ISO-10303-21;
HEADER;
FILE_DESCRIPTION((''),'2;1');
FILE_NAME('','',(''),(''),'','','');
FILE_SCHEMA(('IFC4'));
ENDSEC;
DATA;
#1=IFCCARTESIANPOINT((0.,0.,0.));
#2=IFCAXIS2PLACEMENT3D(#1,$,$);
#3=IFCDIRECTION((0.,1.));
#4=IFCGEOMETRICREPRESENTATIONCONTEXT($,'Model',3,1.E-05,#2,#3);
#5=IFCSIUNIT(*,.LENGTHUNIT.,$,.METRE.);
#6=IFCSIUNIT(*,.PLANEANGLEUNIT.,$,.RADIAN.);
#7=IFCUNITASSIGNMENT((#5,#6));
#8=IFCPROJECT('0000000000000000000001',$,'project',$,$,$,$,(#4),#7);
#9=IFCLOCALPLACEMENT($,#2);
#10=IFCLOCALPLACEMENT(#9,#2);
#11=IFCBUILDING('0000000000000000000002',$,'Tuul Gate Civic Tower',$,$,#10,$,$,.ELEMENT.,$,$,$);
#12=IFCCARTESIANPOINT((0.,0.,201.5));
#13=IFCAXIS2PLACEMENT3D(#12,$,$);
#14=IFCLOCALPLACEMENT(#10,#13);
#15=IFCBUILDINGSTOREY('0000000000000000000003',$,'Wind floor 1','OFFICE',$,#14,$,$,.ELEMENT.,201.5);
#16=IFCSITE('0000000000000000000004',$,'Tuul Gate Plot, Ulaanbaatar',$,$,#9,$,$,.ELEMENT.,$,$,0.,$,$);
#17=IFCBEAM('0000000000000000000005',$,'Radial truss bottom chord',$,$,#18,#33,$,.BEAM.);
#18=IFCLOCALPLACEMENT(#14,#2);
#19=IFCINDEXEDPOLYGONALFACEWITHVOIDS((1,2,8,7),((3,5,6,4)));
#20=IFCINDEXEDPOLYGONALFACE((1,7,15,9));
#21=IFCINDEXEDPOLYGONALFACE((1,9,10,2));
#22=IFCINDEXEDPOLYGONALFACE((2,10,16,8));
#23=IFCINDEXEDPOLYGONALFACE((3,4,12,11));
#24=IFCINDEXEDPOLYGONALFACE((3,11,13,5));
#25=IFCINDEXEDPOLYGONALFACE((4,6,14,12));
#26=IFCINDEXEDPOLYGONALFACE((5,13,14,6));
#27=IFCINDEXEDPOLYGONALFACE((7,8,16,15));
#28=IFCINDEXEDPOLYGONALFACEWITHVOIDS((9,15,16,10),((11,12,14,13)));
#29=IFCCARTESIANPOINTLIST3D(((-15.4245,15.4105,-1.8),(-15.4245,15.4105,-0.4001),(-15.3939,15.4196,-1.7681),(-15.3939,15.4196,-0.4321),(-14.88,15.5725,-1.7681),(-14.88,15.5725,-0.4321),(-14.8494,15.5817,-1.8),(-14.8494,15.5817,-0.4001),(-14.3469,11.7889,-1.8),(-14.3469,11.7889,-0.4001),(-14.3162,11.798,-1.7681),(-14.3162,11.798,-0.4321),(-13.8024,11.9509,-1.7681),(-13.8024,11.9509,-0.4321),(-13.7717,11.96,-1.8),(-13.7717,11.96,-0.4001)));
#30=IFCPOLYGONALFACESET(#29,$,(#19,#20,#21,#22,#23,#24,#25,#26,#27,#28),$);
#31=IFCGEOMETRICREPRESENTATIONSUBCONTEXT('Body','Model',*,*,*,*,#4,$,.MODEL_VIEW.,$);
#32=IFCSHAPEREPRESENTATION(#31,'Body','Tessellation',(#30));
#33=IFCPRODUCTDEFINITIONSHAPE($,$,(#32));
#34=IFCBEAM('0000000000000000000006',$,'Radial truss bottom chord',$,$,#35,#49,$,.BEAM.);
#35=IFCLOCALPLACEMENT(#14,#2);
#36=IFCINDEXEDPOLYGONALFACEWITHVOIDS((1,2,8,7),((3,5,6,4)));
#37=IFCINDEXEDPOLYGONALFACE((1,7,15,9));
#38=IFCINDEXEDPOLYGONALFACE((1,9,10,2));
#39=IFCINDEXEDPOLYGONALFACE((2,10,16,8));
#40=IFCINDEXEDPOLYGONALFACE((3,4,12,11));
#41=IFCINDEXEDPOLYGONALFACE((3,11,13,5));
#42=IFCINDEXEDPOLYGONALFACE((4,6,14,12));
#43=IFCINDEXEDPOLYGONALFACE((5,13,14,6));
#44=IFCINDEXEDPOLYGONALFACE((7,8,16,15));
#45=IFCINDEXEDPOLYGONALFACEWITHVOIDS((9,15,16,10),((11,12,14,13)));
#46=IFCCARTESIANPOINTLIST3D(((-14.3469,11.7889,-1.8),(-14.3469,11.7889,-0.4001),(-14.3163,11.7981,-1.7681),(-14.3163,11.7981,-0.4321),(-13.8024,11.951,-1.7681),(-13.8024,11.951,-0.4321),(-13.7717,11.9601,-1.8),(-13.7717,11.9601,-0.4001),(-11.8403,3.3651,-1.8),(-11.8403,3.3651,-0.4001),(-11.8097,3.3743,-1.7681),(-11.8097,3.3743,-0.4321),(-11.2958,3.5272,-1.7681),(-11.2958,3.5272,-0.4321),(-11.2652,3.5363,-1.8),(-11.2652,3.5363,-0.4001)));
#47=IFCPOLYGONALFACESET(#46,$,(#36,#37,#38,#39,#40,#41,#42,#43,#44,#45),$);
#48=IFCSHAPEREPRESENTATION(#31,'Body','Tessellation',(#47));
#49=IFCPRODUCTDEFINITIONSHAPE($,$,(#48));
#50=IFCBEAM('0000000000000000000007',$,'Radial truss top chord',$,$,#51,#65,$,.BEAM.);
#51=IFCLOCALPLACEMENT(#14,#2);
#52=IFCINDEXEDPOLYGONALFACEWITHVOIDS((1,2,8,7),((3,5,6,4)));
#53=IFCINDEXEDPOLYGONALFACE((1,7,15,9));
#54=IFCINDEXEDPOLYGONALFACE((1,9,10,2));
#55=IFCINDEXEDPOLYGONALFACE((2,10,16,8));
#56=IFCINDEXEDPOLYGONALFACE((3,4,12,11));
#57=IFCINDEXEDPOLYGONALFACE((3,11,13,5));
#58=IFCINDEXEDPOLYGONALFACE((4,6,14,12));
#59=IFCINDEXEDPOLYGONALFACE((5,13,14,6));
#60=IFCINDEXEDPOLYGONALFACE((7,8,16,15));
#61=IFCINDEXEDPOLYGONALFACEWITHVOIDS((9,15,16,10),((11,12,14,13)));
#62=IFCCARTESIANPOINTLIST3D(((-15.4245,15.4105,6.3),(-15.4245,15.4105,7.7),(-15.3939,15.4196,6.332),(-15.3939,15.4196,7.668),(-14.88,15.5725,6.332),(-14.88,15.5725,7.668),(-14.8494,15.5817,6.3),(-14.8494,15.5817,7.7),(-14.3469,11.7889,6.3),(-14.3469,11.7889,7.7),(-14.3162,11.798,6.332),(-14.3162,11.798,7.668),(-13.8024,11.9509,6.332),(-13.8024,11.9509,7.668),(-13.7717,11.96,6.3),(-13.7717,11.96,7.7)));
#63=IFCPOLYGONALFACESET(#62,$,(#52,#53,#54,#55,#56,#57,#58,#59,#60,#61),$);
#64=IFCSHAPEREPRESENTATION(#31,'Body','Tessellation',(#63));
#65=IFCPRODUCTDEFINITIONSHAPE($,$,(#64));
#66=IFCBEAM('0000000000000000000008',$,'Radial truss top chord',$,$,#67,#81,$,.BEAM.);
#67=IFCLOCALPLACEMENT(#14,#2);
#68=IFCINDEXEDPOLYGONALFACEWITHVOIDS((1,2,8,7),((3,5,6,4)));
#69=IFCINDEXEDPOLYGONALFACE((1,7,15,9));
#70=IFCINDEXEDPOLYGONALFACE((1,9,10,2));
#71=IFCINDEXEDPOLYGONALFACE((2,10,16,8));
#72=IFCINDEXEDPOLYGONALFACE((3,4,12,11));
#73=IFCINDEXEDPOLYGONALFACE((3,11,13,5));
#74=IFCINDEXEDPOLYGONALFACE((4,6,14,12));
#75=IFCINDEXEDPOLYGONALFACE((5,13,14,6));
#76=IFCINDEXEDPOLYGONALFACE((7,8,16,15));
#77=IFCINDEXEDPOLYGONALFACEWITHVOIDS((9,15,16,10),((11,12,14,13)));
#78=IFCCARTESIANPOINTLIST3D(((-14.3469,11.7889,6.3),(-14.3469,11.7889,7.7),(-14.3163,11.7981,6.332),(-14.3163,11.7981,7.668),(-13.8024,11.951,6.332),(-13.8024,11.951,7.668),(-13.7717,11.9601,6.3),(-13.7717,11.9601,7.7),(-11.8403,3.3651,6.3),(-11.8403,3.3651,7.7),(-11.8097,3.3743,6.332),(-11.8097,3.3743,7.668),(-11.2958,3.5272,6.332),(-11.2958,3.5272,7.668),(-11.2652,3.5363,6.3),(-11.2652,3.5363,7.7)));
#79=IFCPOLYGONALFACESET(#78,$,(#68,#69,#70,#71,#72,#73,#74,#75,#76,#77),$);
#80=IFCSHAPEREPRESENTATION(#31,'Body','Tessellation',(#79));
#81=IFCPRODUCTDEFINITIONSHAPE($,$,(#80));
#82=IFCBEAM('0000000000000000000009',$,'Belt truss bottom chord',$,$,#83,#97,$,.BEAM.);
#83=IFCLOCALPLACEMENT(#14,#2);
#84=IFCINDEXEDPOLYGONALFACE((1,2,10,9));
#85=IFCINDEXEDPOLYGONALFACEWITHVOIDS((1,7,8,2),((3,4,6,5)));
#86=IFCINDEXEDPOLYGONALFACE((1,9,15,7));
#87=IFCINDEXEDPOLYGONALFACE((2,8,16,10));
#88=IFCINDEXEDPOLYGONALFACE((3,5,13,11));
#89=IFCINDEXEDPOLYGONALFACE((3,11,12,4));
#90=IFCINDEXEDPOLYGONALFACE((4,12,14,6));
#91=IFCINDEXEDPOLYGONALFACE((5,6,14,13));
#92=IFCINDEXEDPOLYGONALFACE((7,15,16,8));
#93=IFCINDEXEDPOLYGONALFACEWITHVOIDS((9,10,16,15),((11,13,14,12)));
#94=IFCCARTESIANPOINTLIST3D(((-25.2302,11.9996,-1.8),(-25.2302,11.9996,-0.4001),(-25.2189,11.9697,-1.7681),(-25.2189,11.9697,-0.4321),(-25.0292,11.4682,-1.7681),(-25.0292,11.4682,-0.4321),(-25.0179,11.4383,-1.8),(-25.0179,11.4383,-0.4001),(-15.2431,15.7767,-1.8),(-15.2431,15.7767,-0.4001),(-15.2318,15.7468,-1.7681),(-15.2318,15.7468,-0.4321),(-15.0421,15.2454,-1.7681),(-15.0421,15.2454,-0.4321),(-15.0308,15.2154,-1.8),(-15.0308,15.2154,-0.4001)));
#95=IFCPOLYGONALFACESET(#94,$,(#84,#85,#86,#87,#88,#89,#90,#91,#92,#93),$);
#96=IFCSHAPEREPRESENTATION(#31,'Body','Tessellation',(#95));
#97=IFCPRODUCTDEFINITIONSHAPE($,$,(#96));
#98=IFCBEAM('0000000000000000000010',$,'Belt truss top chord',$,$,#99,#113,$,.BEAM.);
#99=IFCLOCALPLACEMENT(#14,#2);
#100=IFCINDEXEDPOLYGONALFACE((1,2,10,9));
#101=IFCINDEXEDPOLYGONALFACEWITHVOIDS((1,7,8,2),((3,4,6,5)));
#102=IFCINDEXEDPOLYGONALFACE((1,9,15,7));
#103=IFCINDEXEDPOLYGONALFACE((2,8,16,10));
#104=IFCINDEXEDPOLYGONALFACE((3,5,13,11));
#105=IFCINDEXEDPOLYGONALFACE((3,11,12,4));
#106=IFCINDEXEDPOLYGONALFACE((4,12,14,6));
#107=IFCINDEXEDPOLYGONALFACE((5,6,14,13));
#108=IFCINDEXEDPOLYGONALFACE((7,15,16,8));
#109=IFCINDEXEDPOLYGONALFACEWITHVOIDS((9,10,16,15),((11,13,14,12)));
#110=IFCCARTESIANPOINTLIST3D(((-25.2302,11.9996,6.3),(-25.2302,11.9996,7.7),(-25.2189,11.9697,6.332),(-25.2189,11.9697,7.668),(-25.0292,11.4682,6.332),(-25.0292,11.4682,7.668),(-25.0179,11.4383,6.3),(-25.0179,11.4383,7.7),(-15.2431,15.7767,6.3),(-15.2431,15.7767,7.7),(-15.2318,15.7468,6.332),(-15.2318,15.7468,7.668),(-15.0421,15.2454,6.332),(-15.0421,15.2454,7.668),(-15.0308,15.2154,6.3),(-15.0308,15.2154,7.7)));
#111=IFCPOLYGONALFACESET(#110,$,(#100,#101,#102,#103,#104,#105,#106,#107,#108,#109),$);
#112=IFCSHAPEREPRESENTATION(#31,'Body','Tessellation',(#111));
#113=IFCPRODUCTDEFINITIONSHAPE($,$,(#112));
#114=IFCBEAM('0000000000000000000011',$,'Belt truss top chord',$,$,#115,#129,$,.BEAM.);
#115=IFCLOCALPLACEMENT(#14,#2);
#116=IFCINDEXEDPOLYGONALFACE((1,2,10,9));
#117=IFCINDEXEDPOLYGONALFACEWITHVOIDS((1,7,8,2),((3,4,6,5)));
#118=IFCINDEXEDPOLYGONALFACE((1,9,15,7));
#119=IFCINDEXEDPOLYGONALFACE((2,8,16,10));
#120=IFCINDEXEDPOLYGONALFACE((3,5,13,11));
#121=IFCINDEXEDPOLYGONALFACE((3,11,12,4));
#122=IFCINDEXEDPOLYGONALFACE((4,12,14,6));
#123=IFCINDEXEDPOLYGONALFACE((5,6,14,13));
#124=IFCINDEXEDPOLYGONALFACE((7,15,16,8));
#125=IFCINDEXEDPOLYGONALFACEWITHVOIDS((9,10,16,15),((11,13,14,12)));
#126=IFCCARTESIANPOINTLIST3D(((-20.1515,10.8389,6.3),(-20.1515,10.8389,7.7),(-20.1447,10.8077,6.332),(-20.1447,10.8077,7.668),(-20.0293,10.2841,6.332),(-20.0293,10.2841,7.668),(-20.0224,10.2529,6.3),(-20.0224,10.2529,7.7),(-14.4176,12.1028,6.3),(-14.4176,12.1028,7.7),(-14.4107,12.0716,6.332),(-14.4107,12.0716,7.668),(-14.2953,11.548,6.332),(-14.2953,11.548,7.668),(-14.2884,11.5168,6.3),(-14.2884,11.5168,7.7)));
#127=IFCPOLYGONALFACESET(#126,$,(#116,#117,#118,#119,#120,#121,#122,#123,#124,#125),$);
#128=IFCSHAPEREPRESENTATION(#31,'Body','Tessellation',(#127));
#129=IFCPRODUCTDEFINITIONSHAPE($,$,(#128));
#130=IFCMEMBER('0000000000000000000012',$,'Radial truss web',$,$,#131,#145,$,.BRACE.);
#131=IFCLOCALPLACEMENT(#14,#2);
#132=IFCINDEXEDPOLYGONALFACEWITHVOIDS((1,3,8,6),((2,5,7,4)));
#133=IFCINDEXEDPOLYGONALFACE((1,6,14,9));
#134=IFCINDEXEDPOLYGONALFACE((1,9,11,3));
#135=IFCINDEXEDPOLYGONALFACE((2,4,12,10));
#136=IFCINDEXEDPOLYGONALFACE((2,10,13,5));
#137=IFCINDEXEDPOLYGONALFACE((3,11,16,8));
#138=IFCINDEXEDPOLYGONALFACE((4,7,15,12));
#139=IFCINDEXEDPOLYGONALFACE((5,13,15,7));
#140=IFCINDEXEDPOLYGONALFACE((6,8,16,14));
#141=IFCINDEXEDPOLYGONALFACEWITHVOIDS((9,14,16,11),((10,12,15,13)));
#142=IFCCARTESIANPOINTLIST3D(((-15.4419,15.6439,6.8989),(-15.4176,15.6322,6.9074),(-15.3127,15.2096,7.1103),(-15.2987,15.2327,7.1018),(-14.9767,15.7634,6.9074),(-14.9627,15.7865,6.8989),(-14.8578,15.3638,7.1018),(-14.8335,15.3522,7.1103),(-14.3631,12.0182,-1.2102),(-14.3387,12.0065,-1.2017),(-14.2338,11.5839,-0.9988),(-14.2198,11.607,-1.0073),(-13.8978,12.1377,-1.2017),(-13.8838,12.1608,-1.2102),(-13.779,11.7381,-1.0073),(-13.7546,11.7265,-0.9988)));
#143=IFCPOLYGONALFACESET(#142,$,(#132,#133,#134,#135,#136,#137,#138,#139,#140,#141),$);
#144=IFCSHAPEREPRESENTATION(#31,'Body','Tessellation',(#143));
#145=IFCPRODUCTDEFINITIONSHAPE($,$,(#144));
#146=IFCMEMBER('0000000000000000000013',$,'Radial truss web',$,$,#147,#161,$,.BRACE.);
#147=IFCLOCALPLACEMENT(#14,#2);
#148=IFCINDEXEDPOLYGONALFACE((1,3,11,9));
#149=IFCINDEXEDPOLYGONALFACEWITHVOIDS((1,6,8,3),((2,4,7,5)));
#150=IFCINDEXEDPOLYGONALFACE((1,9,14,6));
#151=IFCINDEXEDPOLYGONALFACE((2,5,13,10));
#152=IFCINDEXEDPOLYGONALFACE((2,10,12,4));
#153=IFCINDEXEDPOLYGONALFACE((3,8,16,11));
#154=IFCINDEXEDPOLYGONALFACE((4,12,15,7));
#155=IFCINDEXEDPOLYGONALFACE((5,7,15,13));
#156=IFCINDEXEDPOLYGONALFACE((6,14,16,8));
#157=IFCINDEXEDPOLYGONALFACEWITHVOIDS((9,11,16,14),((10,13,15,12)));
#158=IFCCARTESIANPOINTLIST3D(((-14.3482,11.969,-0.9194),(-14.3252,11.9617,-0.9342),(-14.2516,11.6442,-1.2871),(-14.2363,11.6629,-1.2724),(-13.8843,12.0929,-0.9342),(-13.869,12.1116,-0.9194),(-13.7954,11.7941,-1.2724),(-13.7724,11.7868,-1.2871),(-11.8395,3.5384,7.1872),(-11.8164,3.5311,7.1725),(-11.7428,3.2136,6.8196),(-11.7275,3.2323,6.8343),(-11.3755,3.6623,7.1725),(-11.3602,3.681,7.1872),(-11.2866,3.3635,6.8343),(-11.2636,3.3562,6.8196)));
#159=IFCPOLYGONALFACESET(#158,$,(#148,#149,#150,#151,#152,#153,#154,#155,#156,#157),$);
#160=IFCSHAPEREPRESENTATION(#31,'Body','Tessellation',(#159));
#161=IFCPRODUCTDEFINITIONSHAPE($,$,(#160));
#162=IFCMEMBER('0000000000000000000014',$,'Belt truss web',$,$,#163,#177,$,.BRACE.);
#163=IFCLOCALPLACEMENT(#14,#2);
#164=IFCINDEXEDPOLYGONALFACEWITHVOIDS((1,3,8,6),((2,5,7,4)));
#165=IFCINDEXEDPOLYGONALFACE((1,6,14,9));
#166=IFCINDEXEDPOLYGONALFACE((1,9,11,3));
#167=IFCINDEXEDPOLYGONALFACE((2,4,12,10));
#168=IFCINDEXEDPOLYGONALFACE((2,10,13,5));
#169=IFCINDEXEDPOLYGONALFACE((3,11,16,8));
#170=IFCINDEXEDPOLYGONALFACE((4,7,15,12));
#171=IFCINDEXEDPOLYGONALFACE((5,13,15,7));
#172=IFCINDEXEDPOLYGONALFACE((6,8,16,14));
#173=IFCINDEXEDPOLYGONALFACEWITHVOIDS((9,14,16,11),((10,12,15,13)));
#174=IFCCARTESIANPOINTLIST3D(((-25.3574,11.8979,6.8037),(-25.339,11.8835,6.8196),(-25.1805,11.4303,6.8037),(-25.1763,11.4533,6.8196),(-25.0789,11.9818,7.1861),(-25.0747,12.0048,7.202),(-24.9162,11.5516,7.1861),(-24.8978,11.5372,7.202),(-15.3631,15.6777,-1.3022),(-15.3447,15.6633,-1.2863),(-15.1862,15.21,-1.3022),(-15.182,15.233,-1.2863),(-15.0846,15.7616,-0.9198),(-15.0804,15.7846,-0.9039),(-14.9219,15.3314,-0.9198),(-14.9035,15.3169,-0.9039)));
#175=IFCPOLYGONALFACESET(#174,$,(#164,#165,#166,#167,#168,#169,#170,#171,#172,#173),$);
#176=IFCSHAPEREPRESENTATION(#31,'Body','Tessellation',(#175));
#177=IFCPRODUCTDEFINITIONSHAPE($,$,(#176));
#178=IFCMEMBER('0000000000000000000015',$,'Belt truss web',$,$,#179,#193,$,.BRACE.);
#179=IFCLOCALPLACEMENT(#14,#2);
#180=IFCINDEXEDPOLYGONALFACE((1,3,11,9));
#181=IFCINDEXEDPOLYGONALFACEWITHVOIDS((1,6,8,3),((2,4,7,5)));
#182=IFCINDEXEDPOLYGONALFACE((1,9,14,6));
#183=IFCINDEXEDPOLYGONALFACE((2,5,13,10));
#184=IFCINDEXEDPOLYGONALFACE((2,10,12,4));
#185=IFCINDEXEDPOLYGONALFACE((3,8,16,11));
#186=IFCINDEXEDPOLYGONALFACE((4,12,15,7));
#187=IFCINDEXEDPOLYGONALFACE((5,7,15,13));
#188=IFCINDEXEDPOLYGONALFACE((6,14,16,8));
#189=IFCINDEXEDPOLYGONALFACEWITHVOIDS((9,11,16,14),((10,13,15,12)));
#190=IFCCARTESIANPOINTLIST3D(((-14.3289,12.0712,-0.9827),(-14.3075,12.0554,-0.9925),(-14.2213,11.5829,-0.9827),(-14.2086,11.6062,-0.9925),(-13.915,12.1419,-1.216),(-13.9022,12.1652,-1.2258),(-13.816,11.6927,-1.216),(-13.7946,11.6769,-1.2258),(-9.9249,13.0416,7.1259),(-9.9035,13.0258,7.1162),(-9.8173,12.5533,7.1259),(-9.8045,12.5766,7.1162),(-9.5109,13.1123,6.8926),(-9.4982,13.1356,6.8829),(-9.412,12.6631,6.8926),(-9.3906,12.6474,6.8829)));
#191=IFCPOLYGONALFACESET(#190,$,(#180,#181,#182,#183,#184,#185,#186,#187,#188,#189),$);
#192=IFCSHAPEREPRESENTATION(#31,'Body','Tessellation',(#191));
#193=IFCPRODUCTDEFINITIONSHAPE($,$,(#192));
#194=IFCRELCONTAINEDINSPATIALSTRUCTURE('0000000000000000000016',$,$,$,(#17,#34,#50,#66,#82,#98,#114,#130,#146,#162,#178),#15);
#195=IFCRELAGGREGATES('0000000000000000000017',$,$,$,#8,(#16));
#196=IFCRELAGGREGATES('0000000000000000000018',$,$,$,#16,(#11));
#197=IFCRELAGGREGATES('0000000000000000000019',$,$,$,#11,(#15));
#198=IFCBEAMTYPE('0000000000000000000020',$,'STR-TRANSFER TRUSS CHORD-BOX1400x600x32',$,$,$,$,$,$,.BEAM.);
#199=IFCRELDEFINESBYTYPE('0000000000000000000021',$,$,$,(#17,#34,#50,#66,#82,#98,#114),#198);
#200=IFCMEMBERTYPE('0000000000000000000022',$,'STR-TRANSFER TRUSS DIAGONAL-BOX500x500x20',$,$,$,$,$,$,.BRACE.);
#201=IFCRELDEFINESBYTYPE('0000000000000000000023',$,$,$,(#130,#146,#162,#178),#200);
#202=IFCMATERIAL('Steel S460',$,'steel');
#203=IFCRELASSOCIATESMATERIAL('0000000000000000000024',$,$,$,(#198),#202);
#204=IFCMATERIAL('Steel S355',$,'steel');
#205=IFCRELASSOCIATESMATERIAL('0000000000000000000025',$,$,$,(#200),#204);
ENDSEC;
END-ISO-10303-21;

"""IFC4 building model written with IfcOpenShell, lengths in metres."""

from ifc_helpers import new_model, si_unit, direction, frame, origin, origin_2d, place, context, subcontext, project, spatial, hollow_rectangle, extrude, material, material_profile, profile_set, type_object, element, save


model = new_model("IFC4")

# Units and contexts
model_context = context("Model", 3, precision=1e-05, world=origin(), true_north=direction((0.0, 1.0)))
body_context = subcontext(model_context, "Body", "Model", "MODEL_VIEW")
ifc_project = project(units=[si_unit("LENGTHUNIT", "METRE"), si_unit("PLANEANGLEUNIT", "RADIAN")], contexts=[model_context])

# Site, building, storey
site_placement = place(None, origin())
site = spatial("IfcSite", under=ifc_project, at=site_placement, Name="Tuul Gate Plot, Ulaanbaatar", CompositionType="ELEMENT", RefElevation=0.0)
building_placement = place(site_placement, origin())
building = spatial("IfcBuilding", under=site, at=building_placement, Name="Tuul Gate Civic Tower", CompositionType="ELEMENT")
storey_placement = place(building_placement, frame((0.0, 0.0, 201.5)))
storey = spatial("IfcBuildingStorey", under=building, at=storey_placement, Name="Wind floor 1", Description="OFFICE", CompositionType="ELEMENT", Elevation=201.5)

# Beams
ifc_material_1 = material(Name="Steel S460", Category="steel")
ifc_material_profile_1 = material_profile(ifc_material_1, hollow_rectangle(XDim=0.6001, YDim=1.3999, WallThickness=0.032, at=origin_2d()), Name="BOX1400x600x32")
ifc_profile_set_1 = profile_set([ifc_material_profile_1], Name="Steel S460")
beam_type = type_object("IfcBeamType", Name="STR-TRANSFER TRUSS CHORD-BOX1400x600x32", PredefinedType="BEAM", material=ifc_profile_set_1)
beam_1_placement = place(storey_placement, frame((-15.137, 15.4961, -1.1001), z_axis=(0.285201, -0.958468, 0.0), x_axis=(0.958468, 0.285201, 0.0)))
element("IfcBeam", 1, at=beam_1_placement, inside=storey, type_object=beam_type, Name="Radial truss bottom chord", PredefinedType="BEAM", context=body_context, shape_type="SweptSolid", body=[
    extrude(hollow_rectangle(XDim=0.6001, YDim=1.3999, WallThickness=0.032, at=origin_2d()), origin(), (0.0, 0.0, 1.0), 3.7786),
])
beam_2_placement = place(storey_placement, frame((-14.0593, 11.8745, -1.1001), z_axis=(0.285201, -0.958468, 0.0), x_axis=(0.958468, 0.285201, 0.0)))
element("IfcBeam", 2, at=beam_2_placement, inside=storey, type_object=beam_type, Name="Radial truss bottom chord", PredefinedType="BEAM", context=body_context, shape_type="SweptSolid", body=[
    extrude(hollow_rectangle(XDim=0.6001, YDim=1.3999, WallThickness=0.032, at=origin_2d()), origin(), (0.0, 0.0, 1.0), 8.7888),
])
beam_3_placement = place(storey_placement, frame((-15.137, 15.4961, 7.0), z_axis=(0.285201, -0.958468, 0.0), x_axis=(0.958468, 0.285201, 0.0)))
element("IfcBeam", 3, at=beam_3_placement, inside=storey, type_object=beam_type, Name="Radial truss top chord", PredefinedType="BEAM", context=body_context, shape_type="SweptSolid", body=[
    extrude(hollow_rectangle(XDim=0.6001, YDim=1.3999, WallThickness=0.032, at=origin_2d()), origin(), (0.0, 0.0, 1.0), 3.7786),
])
beam_4_placement = place(storey_placement, frame((-14.0593, 11.8745, 7.0), z_axis=(0.285201, -0.958468, 0.0), x_axis=(0.958468, 0.285201, 0.0)))
element("IfcBeam", 4, at=beam_4_placement, inside=storey, type_object=beam_type, Name="Radial truss top chord", PredefinedType="BEAM", context=body_context, shape_type="SweptSolid", body=[
    extrude(hollow_rectangle(XDim=0.6001, YDim=1.3999, WallThickness=0.032, at=origin_2d()), origin(), (0.0, 0.0, 1.0), 8.7888),
])
for number, where, z_axis, x_axis, name in (
    (5, (-15.137, 15.4961, -1.1001), (-0.935342, -0.353746, 0.0), (0.353746, -0.935342, 0.0), "Belt truss bottom chord"),
    (6, (-15.137, 15.4961, 7.0), (-0.935342, -0.353746, 0.0), (0.353746, -0.935342, 0.0), "Belt truss top chord"),
):
    element("IfcBeam", number, at=place(storey_placement, frame(where, z_axis=z_axis, x_axis=x_axis)), inside=storey, type_object=beam_type, Name=name, PredefinedType="BEAM", context=body_context, shape_type="SweptSolid", body=[
        extrude(hollow_rectangle(XDim=0.6001, YDim=1.3999, WallThickness=0.032, at=origin_2d()), origin(), (0.0, 0.0, 1.0), 10.6775),
    ])
beam_5_placement = place(storey_placement, frame((-14.353, 11.8098, 7.0), z_axis=(-0.976556, -0.215262, 0.0), x_axis=(0.215262, -0.976556, 0.0)))
element("IfcBeam", 7, at=beam_5_placement, inside=storey, type_object=beam_type, Name="Belt truss top chord", PredefinedType="BEAM", context=body_context, shape_type="SweptSolid", body=[
    extrude(hollow_rectangle(XDim=0.6001, YDim=1.3999, WallThickness=0.032, at=origin_2d()), origin(), (0.0, 0.0, 1.0), 5.8716),
])

# Members
ifc_material_2 = material(Name="Steel S355", Category="steel")
ifc_material_profile_2 = material_profile(ifc_material_2, hollow_rectangle(XDim=0.5, YDim=0.5, WallThickness=0.02, at=origin_2d()), Name="BOX500x500x20")
ifc_profile_set_2 = profile_set([ifc_material_profile_2], Name="Steel S355")
member_type_1 = type_object("IfcMemberType", Name="STR-TRANSFER TRUSS DIAGONAL-BOX500x500x20", PredefinedType="BRACE", material=ifc_profile_set_2)
member_1_placement = place(storey_placement, frame((-14.0588, 11.8723, -1.1045), z_axis=(-0.120569, 0.405197, 0.906244), x_axis=(-0.958469, -0.285198, 0.0)))
element("IfcMember", 8, at=member_1_placement, inside=storey, type_object=member_type_1, Name="Radial truss web", PredefinedType="BRACE", context=body_context, shape_type="SweptSolid", body=[
    extrude(hollow_rectangle(XDim=0.5, YDim=0.5, WallThickness=0.02, at=origin_2d()), origin(), (0.0, 0.0, 1.0), 8.948),
])
member_2_placement = place(storey_placement, frame((-14.0603, 11.8779, -1.1033), z_axis=(0.209731, -0.704789, 0.677706), x_axis=(0.958463, 0.285218, 0.0)))
element("IfcMember", 9, at=member_2_placement, inside=storey, type_object=member_type_1, Name="Radial truss web", PredefinedType="BRACE", context=body_context, shape_type="SweptSolid", body=[
    extrude(hollow_rectangle(XDim=0.5, YDim=0.5, WallThickness=0.02, at=origin_2d()), origin(), (0.0, 0.0, 1.0), 11.9619),
])
member_3_placement = place(storey_placement, frame((-15.1333, 15.4973, -1.103), z_axis=(-0.745184, -0.281822, 0.604382), x_axis=(0.353739, -0.935344, 0.0)))
element("IfcMember", 10, at=member_3_placement, inside=storey, type_object=member_type_1, Name="Belt truss web", PredefinedType="BRACE", context=body_context, shape_type="SweptSolid", body=[
    extrude(hollow_rectangle(XDim=0.5, YDim=0.5, WallThickness=0.02, at=origin_2d()), origin(), (0.0, 0.0, 1.0), 13.4119),
])
member_4_placement = place(storey_placement, frame((-14.0618, 11.874, -1.1042), z_axis=(0.47466, 0.104594, 0.873933), x_axis=(-0.215193, 0.976571, 0.0)))
element("IfcMember", 11, at=member_4_placement, inside=storey, type_object=member_type_1, Name="Belt truss web", PredefinedType="BRACE", context=body_context, shape_type="SweptSolid", body=[
    extrude(hollow_rectangle(XDim=0.5, YDim=0.5, WallThickness=0.02, at=origin_2d()), origin(), (0.0, 0.0, 1.0), 9.2783),
])

save(model, "model.ifc")
